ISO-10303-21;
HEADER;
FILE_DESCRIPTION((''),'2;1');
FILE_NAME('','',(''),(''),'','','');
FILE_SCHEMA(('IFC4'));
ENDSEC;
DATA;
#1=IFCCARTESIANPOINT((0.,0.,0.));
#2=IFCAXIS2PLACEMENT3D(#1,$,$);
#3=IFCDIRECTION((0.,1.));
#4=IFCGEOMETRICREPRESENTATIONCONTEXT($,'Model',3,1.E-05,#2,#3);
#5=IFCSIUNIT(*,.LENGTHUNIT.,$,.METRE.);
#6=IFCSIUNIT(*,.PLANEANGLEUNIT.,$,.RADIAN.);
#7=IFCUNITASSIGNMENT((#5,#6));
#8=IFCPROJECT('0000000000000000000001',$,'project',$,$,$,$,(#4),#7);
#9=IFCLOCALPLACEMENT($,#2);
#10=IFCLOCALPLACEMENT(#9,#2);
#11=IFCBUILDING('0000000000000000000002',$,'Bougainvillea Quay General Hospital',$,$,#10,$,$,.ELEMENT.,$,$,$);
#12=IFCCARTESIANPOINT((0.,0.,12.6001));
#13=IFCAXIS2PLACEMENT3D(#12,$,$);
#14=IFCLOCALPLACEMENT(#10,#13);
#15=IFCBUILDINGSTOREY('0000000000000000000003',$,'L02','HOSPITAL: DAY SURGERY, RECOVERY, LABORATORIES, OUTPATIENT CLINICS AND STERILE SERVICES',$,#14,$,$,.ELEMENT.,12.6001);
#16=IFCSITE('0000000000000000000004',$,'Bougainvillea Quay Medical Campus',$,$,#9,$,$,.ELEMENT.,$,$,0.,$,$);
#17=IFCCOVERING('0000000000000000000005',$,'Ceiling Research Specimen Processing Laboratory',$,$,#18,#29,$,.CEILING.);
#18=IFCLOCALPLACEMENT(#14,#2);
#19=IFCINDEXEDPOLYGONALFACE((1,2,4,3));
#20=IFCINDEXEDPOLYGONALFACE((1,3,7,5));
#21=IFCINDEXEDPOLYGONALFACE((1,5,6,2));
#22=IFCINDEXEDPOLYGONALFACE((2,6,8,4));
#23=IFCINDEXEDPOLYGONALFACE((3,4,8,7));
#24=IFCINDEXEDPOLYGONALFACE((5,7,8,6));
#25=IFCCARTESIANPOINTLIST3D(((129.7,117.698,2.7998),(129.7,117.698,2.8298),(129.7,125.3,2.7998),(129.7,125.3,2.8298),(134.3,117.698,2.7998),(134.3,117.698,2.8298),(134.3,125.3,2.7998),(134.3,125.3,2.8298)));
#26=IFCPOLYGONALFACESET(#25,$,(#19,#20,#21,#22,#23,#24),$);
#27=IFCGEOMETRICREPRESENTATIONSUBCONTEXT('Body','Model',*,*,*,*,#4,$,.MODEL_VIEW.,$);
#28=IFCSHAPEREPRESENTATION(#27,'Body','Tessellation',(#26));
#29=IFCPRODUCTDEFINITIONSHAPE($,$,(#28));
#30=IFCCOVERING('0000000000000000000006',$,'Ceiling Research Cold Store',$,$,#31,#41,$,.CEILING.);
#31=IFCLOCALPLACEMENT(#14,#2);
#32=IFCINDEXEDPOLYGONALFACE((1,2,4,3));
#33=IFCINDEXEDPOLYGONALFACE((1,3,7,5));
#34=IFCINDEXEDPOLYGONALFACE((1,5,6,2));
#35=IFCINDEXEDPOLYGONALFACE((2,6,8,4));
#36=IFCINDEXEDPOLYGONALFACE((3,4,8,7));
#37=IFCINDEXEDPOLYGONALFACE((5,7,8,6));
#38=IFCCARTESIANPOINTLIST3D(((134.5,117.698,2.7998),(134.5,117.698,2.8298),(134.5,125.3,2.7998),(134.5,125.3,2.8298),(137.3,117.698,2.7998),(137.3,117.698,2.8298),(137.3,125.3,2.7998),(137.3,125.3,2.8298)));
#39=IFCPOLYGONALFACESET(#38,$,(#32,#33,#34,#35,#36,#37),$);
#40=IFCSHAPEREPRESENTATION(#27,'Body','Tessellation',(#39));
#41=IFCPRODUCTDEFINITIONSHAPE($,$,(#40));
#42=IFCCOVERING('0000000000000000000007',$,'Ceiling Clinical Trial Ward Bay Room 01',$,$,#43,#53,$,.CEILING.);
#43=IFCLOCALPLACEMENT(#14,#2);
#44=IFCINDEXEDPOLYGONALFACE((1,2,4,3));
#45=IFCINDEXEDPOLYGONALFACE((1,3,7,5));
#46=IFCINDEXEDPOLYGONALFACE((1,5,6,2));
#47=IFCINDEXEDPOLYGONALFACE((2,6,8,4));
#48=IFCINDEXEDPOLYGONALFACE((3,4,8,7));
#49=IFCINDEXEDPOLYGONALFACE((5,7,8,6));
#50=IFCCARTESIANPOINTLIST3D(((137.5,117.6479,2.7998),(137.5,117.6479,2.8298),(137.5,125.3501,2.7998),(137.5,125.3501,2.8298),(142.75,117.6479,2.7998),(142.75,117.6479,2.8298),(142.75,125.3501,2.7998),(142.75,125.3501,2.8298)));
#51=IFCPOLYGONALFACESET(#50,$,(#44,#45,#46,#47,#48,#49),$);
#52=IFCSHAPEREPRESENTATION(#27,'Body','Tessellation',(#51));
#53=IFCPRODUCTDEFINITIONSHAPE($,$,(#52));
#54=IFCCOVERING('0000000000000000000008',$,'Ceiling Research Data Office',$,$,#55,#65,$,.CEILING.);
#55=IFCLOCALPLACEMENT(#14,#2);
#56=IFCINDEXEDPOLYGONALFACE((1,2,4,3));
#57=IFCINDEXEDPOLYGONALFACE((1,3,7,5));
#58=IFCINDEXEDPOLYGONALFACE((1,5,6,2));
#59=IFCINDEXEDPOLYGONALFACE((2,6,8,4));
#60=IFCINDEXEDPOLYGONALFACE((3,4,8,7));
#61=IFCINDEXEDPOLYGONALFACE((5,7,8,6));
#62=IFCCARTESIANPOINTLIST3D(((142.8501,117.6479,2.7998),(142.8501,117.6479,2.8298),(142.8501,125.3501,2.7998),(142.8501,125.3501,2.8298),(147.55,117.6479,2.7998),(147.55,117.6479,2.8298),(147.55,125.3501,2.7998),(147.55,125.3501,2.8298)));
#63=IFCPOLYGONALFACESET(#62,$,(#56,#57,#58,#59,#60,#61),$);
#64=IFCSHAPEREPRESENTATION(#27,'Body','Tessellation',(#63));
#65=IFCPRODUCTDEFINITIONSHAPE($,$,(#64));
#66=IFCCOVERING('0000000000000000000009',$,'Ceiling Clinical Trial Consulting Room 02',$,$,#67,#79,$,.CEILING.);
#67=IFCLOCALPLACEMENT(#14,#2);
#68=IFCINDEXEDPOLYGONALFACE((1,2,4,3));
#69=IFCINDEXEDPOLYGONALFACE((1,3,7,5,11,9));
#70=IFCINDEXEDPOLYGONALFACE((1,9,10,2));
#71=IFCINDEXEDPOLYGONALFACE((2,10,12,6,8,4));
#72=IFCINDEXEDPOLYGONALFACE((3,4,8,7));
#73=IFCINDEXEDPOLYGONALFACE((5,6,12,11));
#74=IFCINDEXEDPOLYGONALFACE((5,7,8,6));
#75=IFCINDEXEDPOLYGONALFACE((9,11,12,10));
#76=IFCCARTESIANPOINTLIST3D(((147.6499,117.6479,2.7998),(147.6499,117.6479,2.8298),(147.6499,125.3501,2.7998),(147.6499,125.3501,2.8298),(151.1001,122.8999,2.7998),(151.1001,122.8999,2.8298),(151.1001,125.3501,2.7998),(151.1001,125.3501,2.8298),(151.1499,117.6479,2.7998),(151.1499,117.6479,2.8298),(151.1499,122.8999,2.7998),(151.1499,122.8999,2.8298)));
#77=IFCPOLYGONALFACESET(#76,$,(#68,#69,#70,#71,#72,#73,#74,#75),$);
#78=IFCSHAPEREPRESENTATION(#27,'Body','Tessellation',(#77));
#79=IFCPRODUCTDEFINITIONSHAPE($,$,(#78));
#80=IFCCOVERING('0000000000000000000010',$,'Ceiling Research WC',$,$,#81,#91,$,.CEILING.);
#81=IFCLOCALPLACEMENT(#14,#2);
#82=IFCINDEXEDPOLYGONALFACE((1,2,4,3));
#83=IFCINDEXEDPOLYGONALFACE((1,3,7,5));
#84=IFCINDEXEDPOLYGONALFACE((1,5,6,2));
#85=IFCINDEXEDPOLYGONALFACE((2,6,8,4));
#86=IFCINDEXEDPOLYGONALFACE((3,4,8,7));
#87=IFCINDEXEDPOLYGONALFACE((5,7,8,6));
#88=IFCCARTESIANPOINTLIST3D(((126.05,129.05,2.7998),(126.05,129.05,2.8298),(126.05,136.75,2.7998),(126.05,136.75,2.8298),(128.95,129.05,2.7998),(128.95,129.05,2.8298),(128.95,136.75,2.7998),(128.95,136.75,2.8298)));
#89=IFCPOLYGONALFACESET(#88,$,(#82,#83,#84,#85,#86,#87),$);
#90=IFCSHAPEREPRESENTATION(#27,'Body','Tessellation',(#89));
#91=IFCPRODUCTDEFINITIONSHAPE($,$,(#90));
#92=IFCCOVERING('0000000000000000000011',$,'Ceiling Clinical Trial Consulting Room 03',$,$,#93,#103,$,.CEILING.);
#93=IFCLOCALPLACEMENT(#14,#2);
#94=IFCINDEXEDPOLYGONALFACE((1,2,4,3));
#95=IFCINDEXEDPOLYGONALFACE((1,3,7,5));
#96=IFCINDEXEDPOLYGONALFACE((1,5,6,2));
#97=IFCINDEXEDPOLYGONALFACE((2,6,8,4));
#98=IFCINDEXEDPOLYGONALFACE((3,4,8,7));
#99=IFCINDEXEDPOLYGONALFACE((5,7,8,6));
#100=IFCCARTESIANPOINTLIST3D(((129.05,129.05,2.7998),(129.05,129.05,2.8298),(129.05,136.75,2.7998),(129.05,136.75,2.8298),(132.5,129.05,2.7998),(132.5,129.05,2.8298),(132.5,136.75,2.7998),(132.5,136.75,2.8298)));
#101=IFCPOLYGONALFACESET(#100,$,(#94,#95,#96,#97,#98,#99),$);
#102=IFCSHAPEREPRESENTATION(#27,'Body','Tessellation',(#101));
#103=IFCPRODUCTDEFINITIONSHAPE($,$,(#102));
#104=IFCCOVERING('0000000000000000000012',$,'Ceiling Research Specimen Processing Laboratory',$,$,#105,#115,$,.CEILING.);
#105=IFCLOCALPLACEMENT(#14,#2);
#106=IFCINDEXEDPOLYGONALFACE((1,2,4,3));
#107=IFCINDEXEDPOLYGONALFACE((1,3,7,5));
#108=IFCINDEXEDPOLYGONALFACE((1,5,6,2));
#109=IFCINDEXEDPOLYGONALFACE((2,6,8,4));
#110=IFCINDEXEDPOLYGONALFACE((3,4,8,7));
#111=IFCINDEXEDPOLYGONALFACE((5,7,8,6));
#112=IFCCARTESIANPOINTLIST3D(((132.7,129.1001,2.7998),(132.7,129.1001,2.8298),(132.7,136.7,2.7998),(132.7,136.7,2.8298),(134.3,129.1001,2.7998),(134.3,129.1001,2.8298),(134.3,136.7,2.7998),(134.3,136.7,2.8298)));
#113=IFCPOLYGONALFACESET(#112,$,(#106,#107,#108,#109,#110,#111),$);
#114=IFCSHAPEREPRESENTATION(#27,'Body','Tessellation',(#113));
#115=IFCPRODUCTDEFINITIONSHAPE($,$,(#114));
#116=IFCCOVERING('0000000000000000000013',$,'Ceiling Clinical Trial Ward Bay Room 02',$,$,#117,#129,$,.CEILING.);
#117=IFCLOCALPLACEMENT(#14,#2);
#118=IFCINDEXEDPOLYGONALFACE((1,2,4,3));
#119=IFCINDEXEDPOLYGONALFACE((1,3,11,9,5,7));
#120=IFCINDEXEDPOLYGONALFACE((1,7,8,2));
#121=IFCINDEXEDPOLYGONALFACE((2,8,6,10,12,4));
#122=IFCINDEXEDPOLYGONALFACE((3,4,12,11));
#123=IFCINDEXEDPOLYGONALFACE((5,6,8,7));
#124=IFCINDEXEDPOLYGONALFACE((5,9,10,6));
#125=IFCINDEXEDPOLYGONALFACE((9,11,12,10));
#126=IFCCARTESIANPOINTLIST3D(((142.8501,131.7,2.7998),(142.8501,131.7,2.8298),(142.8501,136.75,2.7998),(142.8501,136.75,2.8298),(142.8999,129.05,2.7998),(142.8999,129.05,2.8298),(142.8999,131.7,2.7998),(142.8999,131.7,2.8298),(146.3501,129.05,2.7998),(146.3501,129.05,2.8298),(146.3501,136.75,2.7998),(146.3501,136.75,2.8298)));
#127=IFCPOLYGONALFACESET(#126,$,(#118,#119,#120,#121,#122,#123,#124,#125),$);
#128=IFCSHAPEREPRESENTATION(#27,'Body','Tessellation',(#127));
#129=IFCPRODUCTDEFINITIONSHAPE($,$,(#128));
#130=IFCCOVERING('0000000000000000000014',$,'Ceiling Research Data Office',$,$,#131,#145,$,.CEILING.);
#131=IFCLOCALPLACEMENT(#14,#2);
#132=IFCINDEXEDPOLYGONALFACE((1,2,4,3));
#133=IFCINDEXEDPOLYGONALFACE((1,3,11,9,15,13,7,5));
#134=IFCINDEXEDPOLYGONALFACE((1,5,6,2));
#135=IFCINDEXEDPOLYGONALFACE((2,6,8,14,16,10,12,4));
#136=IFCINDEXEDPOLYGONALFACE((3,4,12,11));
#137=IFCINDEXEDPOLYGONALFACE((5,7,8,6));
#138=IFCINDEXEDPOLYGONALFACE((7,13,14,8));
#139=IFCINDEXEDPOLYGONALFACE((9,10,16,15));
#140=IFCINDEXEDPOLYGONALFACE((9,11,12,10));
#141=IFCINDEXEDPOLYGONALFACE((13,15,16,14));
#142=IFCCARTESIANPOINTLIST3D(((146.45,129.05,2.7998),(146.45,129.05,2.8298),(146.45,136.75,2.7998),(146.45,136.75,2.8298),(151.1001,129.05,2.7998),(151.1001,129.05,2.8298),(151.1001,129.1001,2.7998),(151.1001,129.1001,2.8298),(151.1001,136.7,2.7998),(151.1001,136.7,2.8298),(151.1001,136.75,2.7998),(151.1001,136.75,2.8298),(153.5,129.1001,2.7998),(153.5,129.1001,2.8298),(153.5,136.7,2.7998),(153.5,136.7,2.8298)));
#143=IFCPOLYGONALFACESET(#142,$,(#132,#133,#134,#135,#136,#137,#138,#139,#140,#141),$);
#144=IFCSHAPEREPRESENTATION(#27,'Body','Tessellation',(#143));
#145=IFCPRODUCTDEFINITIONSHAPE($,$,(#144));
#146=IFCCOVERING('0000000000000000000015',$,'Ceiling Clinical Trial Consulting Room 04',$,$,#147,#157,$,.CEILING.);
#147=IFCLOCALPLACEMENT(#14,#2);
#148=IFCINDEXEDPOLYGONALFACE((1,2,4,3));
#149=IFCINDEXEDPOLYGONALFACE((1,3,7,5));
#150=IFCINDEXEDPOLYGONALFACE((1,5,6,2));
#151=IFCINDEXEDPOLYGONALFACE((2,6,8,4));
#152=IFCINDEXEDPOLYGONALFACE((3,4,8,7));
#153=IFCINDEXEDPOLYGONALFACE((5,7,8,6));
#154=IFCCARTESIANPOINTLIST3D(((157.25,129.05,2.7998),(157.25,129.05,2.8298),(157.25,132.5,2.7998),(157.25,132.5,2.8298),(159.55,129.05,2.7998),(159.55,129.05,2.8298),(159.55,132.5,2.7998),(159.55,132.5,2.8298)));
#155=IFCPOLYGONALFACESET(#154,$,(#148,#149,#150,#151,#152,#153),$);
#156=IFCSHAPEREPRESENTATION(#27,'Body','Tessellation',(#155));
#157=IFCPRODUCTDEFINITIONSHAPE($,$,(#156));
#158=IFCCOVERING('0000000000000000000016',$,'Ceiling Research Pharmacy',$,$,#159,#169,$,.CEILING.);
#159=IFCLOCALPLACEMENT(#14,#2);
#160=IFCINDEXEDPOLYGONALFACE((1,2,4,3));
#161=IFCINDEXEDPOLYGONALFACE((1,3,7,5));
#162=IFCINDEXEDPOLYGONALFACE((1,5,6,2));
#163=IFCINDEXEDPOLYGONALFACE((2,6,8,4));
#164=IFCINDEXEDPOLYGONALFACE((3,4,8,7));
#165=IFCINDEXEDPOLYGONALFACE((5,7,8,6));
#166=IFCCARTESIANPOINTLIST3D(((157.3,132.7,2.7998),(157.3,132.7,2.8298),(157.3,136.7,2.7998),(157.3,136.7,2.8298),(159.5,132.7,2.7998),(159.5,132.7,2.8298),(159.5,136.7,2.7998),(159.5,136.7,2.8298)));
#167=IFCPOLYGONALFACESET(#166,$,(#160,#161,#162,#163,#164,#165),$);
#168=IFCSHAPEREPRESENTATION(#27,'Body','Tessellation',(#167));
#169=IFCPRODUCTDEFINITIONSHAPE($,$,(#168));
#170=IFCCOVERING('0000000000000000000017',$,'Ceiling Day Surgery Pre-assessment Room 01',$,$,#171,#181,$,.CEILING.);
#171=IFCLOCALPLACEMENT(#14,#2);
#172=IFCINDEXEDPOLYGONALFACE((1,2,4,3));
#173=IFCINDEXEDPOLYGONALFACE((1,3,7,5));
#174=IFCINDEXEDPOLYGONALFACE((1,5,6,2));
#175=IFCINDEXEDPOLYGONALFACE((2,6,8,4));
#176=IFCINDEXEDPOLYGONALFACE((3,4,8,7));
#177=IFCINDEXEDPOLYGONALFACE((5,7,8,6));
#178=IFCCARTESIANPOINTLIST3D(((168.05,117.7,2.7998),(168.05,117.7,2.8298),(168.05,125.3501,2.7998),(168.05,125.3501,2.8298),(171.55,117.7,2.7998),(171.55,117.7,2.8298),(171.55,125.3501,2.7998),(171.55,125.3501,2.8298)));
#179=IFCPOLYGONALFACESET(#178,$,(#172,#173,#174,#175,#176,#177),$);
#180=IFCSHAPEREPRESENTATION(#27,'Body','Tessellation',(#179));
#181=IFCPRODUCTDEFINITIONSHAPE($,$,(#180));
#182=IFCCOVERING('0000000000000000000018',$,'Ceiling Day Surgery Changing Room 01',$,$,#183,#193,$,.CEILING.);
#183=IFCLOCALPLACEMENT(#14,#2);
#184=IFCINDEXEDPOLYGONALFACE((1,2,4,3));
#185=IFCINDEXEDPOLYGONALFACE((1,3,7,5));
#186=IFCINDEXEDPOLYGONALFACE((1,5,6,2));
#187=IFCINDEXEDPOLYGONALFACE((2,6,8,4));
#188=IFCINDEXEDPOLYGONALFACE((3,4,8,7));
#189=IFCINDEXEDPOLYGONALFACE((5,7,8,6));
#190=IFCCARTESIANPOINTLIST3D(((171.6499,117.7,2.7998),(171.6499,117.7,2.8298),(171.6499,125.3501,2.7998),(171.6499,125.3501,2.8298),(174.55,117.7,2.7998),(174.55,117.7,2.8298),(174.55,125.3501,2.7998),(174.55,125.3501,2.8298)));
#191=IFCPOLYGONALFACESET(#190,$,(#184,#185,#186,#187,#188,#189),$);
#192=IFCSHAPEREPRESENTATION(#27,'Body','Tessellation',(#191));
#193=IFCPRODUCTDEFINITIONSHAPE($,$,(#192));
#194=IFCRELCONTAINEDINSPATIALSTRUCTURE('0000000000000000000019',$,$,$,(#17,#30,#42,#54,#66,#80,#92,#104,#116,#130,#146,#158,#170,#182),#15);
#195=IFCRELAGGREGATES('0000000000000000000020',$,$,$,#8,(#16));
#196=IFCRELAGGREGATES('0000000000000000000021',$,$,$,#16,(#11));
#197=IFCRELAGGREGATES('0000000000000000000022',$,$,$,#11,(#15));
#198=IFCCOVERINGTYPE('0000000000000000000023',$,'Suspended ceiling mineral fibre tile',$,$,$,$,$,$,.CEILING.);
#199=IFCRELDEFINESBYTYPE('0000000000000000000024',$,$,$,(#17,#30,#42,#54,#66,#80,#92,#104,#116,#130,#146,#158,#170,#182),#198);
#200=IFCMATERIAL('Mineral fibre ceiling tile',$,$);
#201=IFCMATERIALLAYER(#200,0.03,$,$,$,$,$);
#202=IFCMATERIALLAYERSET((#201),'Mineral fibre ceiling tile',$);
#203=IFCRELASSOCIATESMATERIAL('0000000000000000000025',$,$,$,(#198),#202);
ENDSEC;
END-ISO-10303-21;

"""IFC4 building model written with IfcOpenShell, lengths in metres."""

from ifc_helpers import new_model, si_unit, direction, frame, origin, place, context, subcontext, project, spatial, polyline, outline, extrude, material, layer, layer_set, type_object, element, save


model = new_model("IFC4")

# Units and contexts
model_context = context("Model", 3, precision=1e-05, world=origin(), true_north=direction((0.0, 1.0)))
body_context = subcontext(model_context, "Body", "Model", "MODEL_VIEW")
ifc_project = project(units=[si_unit("LENGTHUNIT", "METRE"), si_unit("PLANEANGLEUNIT", "RADIAN")], contexts=[model_context])

# Site, building, storey
site_placement = place(None, origin())
site = spatial("IfcSite", under=ifc_project, at=site_placement, Name="Bougainvillea Quay Medical Campus", CompositionType="ELEMENT", RefElevation=0.0)
building_placement = place(site_placement, origin())
building = spatial("IfcBuilding", under=site, at=building_placement, Name="Bougainvillea Quay General Hospital", CompositionType="ELEMENT")
storey_placement = place(building_placement, frame((0.0, 0.0, 12.6001)))
storey = spatial("IfcBuildingStorey", under=building, at=storey_placement, Name="L02", Description="HOSPITAL: DAY SURGERY, RECOVERY, LABORATORIES, OUTPATIENT CLINICS AND STERILE SERVICES", CompositionType="ELEMENT", Elevation=12.6001)

# Coverings
ifc_material = material(Name="Mineral fibre ceiling tile")
ifc_layer = layer(ifc_material, 0.03)
ifc_layer_set = layer_set([ifc_layer], Name="Mineral fibre ceiling tile")
covering_type = type_object("IfcCoveringType", Name="Suspended ceiling mineral fibre tile", PredefinedType="CEILING", material=ifc_layer_set)
covering_1_placement = place(storey_placement, frame((0.0, 0.0, 2.7998)))
element("IfcCovering", 1, at=covering_1_placement, inside=storey, type_object=covering_type, Name="Ceiling Research Specimen Processing Laboratory", PredefinedType="CEILING", context=body_context, shape_type="SweptSolid", body=[
    extrude(outline(polyline([(129.7, 125.3), (129.7, 117.698), (134.3, 117.698), (134.3, 125.3), (129.7, 125.3)])), origin(), (0.0, 0.0, 1.0), 0.03),
])
covering_2_placement = place(storey_placement, frame((0.0, 0.0, 2.7998)))
element("IfcCovering", 2, at=covering_2_placement, inside=storey, type_object=covering_type, Name="Ceiling Research Cold Store", PredefinedType="CEILING", context=body_context, shape_type="SweptSolid", body=[
    extrude(outline(polyline([(134.5, 125.3), (134.5, 117.698), (137.3, 117.698), (137.3, 125.3), (134.5, 125.3)])), origin(), (0.0, 0.0, 1.0), 0.03),
])
covering_3_placement = place(storey_placement, frame((0.0, 0.0, 2.7998)))
element("IfcCovering", 3, at=covering_3_placement, inside=storey, type_object=covering_type, Name="Ceiling Clinical Trial Ward Bay Room 01", PredefinedType="CEILING", context=body_context, shape_type="SweptSolid", body=[
    extrude(outline(polyline([(137.5, 117.6479), (142.75, 117.6479), (142.75, 125.3501), (137.5, 125.3501), (137.5, 117.6479)])), origin(), (0.0, 0.0, 1.0), 0.03),
])
covering_4_placement = place(storey_placement, frame((0.0, 0.0, 2.7998)))
element("IfcCovering", 4, at=covering_4_placement, inside=storey, type_object=covering_type, Name="Ceiling Research Data Office", PredefinedType="CEILING", context=body_context, shape_type="SweptSolid", body=[
    extrude(outline(polyline([(142.8501, 117.6479), (147.55, 117.6479), (147.55, 125.3501), (142.8501, 125.3501), (142.8501, 117.6479)])), origin(), (0.0, 0.0, 1.0), 0.03),
])
covering_5_placement = place(storey_placement, frame((0.0, 0.0, 2.7998)))
element("IfcCovering", 5, at=covering_5_placement, inside=storey, type_object=covering_type, Name="Ceiling Clinical Trial Consulting Room 02", PredefinedType="CEILING", context=body_context, shape_type="SweptSolid", body=[
    extrude(outline(polyline([(151.1001, 125.3501), (147.6499, 125.3501), (147.6499, 117.6479), (151.1499, 117.6479), (151.1499, 122.8999), (151.1001, 122.8999), (151.1001, 125.3501)])), origin(), (0.0, 0.0, 1.0), 0.03),
])
covering_6_placement = place(storey_placement, frame((0.0, 0.0, 2.7998)))
element("IfcCovering", 6, at=covering_6_placement, inside=storey, type_object=covering_type, Name="Ceiling Research WC", PredefinedType="CEILING", context=body_context, shape_type="SweptSolid", body=[
    extrude(outline(polyline([(128.95, 129.05), (128.95, 136.75), (126.05, 136.75), (126.05, 129.05), (128.95, 129.05)])), origin(), (0.0, 0.0, 1.0), 0.03),
])
covering_7_placement = place(storey_placement, frame((0.0, 0.0, 2.7998)))
element("IfcCovering", 7, at=covering_7_placement, inside=storey, type_object=covering_type, Name="Ceiling Clinical Trial Consulting Room 03", PredefinedType="CEILING", context=body_context, shape_type="SweptSolid", body=[
    extrude(outline(polyline([(132.5, 129.05), (132.5, 136.75), (129.05, 136.75), (129.05, 129.05), (132.5, 129.05)])), origin(), (0.0, 0.0, 1.0), 0.03),
])
covering_8_placement = place(storey_placement, frame((0.0, 0.0, 2.7998)))
element("IfcCovering", 8, at=covering_8_placement, inside=storey, type_object=covering_type, Name="Ceiling Research Specimen Processing Laboratory", PredefinedType="CEILING", context=body_context, shape_type="SweptSolid", body=[
    extrude(outline(polyline([(132.7, 129.1001), (134.3, 129.1001), (134.3, 136.7), (132.7, 136.7), (132.7, 129.1001)])), origin(), (0.0, 0.0, 1.0), 0.03),
])
covering_9_placement = place(storey_placement, frame((0.0, 0.0, 2.7998)))
element("IfcCovering", 9, at=covering_9_placement, inside=storey, type_object=covering_type, Name="Ceiling Clinical Trial Ward Bay Room 02", PredefinedType="CEILING", context=body_context, shape_type="SweptSolid", body=[
    extrude(outline(polyline([(146.3501, 129.05), (146.3501, 136.75), (142.8501, 136.75), (142.8501, 131.7), (142.8999, 131.7), (142.8999, 129.05), (146.3501, 129.05)])), origin(), (0.0, 0.0, 1.0), 0.03),
])
covering_10_placement = place(storey_placement, frame((0.0, 0.0, 2.7998)))
element("IfcCovering", 10, at=covering_10_placement, inside=storey, type_object=covering_type, Name="Ceiling Research Data Office", PredefinedType="CEILING", context=body_context, shape_type="SweptSolid", body=[
    extrude(outline(polyline([(153.5, 136.7), (151.1001, 136.7), (151.1001, 136.75), (146.45, 136.75), (146.45, 129.05), (151.1001, 129.05), (151.1001, 129.1001), (153.5, 129.1001), (153.5, 136.7)])), origin(), (0.0, 0.0, 1.0), 0.03),
])
covering_11_placement = place(storey_placement, frame((0.0, 0.0, 2.7998)))
element("IfcCovering", 11, at=covering_11_placement, inside=storey, type_object=covering_type, Name="Ceiling Clinical Trial Consulting Room 04", PredefinedType="CEILING", context=body_context, shape_type="SweptSolid", body=[
    extrude(outline(polyline([(157.25, 132.5), (157.25, 129.05), (159.55, 129.05), (159.55, 132.5), (157.25, 132.5)])), origin(), (0.0, 0.0, 1.0), 0.03),
])
covering_12_placement = place(storey_placement, frame((0.0, 0.0, 2.7998)))
element("IfcCovering", 12, at=covering_12_placement, inside=storey, type_object=covering_type, Name="Ceiling Research Pharmacy", PredefinedType="CEILING", context=body_context, shape_type="SweptSolid", body=[
    extrude(outline(polyline([(157.3, 132.7), (159.5, 132.7), (159.5, 136.7), (157.3, 136.7), (157.3, 132.7)])), origin(), (0.0, 0.0, 1.0), 0.03),
])
covering_13_placement = place(storey_placement, frame((0.0, 0.0, 2.7998)))
element("IfcCovering", 13, at=covering_13_placement, inside=storey, type_object=covering_type, Name="Ceiling Day Surgery Pre-assessment Room 01", PredefinedType="CEILING", context=body_context, shape_type="SweptSolid", body=[
    extrude(outline(polyline([(171.55, 117.7), (171.55, 125.3501), (168.05, 125.3501), (168.05, 117.7), (171.55, 117.7)])), origin(), (0.0, 0.0, 1.0), 0.03),
])
covering_14_placement = place(storey_placement, frame((0.0, 0.0, 2.7998)))
element("IfcCovering", 14, at=covering_14_placement, inside=storey, type_object=covering_type, Name="Ceiling Day Surgery Changing Room 01", PredefinedType="CEILING", context=body_context, shape_type="SweptSolid", body=[
    extrude(outline(polyline([(174.55, 117.7), (174.55, 125.3501), (171.6499, 125.3501), (171.6499, 117.7), (174.55, 117.7)])), origin(), (0.0, 0.0, 1.0), 0.03),
])

save(model, "model.ifc")
